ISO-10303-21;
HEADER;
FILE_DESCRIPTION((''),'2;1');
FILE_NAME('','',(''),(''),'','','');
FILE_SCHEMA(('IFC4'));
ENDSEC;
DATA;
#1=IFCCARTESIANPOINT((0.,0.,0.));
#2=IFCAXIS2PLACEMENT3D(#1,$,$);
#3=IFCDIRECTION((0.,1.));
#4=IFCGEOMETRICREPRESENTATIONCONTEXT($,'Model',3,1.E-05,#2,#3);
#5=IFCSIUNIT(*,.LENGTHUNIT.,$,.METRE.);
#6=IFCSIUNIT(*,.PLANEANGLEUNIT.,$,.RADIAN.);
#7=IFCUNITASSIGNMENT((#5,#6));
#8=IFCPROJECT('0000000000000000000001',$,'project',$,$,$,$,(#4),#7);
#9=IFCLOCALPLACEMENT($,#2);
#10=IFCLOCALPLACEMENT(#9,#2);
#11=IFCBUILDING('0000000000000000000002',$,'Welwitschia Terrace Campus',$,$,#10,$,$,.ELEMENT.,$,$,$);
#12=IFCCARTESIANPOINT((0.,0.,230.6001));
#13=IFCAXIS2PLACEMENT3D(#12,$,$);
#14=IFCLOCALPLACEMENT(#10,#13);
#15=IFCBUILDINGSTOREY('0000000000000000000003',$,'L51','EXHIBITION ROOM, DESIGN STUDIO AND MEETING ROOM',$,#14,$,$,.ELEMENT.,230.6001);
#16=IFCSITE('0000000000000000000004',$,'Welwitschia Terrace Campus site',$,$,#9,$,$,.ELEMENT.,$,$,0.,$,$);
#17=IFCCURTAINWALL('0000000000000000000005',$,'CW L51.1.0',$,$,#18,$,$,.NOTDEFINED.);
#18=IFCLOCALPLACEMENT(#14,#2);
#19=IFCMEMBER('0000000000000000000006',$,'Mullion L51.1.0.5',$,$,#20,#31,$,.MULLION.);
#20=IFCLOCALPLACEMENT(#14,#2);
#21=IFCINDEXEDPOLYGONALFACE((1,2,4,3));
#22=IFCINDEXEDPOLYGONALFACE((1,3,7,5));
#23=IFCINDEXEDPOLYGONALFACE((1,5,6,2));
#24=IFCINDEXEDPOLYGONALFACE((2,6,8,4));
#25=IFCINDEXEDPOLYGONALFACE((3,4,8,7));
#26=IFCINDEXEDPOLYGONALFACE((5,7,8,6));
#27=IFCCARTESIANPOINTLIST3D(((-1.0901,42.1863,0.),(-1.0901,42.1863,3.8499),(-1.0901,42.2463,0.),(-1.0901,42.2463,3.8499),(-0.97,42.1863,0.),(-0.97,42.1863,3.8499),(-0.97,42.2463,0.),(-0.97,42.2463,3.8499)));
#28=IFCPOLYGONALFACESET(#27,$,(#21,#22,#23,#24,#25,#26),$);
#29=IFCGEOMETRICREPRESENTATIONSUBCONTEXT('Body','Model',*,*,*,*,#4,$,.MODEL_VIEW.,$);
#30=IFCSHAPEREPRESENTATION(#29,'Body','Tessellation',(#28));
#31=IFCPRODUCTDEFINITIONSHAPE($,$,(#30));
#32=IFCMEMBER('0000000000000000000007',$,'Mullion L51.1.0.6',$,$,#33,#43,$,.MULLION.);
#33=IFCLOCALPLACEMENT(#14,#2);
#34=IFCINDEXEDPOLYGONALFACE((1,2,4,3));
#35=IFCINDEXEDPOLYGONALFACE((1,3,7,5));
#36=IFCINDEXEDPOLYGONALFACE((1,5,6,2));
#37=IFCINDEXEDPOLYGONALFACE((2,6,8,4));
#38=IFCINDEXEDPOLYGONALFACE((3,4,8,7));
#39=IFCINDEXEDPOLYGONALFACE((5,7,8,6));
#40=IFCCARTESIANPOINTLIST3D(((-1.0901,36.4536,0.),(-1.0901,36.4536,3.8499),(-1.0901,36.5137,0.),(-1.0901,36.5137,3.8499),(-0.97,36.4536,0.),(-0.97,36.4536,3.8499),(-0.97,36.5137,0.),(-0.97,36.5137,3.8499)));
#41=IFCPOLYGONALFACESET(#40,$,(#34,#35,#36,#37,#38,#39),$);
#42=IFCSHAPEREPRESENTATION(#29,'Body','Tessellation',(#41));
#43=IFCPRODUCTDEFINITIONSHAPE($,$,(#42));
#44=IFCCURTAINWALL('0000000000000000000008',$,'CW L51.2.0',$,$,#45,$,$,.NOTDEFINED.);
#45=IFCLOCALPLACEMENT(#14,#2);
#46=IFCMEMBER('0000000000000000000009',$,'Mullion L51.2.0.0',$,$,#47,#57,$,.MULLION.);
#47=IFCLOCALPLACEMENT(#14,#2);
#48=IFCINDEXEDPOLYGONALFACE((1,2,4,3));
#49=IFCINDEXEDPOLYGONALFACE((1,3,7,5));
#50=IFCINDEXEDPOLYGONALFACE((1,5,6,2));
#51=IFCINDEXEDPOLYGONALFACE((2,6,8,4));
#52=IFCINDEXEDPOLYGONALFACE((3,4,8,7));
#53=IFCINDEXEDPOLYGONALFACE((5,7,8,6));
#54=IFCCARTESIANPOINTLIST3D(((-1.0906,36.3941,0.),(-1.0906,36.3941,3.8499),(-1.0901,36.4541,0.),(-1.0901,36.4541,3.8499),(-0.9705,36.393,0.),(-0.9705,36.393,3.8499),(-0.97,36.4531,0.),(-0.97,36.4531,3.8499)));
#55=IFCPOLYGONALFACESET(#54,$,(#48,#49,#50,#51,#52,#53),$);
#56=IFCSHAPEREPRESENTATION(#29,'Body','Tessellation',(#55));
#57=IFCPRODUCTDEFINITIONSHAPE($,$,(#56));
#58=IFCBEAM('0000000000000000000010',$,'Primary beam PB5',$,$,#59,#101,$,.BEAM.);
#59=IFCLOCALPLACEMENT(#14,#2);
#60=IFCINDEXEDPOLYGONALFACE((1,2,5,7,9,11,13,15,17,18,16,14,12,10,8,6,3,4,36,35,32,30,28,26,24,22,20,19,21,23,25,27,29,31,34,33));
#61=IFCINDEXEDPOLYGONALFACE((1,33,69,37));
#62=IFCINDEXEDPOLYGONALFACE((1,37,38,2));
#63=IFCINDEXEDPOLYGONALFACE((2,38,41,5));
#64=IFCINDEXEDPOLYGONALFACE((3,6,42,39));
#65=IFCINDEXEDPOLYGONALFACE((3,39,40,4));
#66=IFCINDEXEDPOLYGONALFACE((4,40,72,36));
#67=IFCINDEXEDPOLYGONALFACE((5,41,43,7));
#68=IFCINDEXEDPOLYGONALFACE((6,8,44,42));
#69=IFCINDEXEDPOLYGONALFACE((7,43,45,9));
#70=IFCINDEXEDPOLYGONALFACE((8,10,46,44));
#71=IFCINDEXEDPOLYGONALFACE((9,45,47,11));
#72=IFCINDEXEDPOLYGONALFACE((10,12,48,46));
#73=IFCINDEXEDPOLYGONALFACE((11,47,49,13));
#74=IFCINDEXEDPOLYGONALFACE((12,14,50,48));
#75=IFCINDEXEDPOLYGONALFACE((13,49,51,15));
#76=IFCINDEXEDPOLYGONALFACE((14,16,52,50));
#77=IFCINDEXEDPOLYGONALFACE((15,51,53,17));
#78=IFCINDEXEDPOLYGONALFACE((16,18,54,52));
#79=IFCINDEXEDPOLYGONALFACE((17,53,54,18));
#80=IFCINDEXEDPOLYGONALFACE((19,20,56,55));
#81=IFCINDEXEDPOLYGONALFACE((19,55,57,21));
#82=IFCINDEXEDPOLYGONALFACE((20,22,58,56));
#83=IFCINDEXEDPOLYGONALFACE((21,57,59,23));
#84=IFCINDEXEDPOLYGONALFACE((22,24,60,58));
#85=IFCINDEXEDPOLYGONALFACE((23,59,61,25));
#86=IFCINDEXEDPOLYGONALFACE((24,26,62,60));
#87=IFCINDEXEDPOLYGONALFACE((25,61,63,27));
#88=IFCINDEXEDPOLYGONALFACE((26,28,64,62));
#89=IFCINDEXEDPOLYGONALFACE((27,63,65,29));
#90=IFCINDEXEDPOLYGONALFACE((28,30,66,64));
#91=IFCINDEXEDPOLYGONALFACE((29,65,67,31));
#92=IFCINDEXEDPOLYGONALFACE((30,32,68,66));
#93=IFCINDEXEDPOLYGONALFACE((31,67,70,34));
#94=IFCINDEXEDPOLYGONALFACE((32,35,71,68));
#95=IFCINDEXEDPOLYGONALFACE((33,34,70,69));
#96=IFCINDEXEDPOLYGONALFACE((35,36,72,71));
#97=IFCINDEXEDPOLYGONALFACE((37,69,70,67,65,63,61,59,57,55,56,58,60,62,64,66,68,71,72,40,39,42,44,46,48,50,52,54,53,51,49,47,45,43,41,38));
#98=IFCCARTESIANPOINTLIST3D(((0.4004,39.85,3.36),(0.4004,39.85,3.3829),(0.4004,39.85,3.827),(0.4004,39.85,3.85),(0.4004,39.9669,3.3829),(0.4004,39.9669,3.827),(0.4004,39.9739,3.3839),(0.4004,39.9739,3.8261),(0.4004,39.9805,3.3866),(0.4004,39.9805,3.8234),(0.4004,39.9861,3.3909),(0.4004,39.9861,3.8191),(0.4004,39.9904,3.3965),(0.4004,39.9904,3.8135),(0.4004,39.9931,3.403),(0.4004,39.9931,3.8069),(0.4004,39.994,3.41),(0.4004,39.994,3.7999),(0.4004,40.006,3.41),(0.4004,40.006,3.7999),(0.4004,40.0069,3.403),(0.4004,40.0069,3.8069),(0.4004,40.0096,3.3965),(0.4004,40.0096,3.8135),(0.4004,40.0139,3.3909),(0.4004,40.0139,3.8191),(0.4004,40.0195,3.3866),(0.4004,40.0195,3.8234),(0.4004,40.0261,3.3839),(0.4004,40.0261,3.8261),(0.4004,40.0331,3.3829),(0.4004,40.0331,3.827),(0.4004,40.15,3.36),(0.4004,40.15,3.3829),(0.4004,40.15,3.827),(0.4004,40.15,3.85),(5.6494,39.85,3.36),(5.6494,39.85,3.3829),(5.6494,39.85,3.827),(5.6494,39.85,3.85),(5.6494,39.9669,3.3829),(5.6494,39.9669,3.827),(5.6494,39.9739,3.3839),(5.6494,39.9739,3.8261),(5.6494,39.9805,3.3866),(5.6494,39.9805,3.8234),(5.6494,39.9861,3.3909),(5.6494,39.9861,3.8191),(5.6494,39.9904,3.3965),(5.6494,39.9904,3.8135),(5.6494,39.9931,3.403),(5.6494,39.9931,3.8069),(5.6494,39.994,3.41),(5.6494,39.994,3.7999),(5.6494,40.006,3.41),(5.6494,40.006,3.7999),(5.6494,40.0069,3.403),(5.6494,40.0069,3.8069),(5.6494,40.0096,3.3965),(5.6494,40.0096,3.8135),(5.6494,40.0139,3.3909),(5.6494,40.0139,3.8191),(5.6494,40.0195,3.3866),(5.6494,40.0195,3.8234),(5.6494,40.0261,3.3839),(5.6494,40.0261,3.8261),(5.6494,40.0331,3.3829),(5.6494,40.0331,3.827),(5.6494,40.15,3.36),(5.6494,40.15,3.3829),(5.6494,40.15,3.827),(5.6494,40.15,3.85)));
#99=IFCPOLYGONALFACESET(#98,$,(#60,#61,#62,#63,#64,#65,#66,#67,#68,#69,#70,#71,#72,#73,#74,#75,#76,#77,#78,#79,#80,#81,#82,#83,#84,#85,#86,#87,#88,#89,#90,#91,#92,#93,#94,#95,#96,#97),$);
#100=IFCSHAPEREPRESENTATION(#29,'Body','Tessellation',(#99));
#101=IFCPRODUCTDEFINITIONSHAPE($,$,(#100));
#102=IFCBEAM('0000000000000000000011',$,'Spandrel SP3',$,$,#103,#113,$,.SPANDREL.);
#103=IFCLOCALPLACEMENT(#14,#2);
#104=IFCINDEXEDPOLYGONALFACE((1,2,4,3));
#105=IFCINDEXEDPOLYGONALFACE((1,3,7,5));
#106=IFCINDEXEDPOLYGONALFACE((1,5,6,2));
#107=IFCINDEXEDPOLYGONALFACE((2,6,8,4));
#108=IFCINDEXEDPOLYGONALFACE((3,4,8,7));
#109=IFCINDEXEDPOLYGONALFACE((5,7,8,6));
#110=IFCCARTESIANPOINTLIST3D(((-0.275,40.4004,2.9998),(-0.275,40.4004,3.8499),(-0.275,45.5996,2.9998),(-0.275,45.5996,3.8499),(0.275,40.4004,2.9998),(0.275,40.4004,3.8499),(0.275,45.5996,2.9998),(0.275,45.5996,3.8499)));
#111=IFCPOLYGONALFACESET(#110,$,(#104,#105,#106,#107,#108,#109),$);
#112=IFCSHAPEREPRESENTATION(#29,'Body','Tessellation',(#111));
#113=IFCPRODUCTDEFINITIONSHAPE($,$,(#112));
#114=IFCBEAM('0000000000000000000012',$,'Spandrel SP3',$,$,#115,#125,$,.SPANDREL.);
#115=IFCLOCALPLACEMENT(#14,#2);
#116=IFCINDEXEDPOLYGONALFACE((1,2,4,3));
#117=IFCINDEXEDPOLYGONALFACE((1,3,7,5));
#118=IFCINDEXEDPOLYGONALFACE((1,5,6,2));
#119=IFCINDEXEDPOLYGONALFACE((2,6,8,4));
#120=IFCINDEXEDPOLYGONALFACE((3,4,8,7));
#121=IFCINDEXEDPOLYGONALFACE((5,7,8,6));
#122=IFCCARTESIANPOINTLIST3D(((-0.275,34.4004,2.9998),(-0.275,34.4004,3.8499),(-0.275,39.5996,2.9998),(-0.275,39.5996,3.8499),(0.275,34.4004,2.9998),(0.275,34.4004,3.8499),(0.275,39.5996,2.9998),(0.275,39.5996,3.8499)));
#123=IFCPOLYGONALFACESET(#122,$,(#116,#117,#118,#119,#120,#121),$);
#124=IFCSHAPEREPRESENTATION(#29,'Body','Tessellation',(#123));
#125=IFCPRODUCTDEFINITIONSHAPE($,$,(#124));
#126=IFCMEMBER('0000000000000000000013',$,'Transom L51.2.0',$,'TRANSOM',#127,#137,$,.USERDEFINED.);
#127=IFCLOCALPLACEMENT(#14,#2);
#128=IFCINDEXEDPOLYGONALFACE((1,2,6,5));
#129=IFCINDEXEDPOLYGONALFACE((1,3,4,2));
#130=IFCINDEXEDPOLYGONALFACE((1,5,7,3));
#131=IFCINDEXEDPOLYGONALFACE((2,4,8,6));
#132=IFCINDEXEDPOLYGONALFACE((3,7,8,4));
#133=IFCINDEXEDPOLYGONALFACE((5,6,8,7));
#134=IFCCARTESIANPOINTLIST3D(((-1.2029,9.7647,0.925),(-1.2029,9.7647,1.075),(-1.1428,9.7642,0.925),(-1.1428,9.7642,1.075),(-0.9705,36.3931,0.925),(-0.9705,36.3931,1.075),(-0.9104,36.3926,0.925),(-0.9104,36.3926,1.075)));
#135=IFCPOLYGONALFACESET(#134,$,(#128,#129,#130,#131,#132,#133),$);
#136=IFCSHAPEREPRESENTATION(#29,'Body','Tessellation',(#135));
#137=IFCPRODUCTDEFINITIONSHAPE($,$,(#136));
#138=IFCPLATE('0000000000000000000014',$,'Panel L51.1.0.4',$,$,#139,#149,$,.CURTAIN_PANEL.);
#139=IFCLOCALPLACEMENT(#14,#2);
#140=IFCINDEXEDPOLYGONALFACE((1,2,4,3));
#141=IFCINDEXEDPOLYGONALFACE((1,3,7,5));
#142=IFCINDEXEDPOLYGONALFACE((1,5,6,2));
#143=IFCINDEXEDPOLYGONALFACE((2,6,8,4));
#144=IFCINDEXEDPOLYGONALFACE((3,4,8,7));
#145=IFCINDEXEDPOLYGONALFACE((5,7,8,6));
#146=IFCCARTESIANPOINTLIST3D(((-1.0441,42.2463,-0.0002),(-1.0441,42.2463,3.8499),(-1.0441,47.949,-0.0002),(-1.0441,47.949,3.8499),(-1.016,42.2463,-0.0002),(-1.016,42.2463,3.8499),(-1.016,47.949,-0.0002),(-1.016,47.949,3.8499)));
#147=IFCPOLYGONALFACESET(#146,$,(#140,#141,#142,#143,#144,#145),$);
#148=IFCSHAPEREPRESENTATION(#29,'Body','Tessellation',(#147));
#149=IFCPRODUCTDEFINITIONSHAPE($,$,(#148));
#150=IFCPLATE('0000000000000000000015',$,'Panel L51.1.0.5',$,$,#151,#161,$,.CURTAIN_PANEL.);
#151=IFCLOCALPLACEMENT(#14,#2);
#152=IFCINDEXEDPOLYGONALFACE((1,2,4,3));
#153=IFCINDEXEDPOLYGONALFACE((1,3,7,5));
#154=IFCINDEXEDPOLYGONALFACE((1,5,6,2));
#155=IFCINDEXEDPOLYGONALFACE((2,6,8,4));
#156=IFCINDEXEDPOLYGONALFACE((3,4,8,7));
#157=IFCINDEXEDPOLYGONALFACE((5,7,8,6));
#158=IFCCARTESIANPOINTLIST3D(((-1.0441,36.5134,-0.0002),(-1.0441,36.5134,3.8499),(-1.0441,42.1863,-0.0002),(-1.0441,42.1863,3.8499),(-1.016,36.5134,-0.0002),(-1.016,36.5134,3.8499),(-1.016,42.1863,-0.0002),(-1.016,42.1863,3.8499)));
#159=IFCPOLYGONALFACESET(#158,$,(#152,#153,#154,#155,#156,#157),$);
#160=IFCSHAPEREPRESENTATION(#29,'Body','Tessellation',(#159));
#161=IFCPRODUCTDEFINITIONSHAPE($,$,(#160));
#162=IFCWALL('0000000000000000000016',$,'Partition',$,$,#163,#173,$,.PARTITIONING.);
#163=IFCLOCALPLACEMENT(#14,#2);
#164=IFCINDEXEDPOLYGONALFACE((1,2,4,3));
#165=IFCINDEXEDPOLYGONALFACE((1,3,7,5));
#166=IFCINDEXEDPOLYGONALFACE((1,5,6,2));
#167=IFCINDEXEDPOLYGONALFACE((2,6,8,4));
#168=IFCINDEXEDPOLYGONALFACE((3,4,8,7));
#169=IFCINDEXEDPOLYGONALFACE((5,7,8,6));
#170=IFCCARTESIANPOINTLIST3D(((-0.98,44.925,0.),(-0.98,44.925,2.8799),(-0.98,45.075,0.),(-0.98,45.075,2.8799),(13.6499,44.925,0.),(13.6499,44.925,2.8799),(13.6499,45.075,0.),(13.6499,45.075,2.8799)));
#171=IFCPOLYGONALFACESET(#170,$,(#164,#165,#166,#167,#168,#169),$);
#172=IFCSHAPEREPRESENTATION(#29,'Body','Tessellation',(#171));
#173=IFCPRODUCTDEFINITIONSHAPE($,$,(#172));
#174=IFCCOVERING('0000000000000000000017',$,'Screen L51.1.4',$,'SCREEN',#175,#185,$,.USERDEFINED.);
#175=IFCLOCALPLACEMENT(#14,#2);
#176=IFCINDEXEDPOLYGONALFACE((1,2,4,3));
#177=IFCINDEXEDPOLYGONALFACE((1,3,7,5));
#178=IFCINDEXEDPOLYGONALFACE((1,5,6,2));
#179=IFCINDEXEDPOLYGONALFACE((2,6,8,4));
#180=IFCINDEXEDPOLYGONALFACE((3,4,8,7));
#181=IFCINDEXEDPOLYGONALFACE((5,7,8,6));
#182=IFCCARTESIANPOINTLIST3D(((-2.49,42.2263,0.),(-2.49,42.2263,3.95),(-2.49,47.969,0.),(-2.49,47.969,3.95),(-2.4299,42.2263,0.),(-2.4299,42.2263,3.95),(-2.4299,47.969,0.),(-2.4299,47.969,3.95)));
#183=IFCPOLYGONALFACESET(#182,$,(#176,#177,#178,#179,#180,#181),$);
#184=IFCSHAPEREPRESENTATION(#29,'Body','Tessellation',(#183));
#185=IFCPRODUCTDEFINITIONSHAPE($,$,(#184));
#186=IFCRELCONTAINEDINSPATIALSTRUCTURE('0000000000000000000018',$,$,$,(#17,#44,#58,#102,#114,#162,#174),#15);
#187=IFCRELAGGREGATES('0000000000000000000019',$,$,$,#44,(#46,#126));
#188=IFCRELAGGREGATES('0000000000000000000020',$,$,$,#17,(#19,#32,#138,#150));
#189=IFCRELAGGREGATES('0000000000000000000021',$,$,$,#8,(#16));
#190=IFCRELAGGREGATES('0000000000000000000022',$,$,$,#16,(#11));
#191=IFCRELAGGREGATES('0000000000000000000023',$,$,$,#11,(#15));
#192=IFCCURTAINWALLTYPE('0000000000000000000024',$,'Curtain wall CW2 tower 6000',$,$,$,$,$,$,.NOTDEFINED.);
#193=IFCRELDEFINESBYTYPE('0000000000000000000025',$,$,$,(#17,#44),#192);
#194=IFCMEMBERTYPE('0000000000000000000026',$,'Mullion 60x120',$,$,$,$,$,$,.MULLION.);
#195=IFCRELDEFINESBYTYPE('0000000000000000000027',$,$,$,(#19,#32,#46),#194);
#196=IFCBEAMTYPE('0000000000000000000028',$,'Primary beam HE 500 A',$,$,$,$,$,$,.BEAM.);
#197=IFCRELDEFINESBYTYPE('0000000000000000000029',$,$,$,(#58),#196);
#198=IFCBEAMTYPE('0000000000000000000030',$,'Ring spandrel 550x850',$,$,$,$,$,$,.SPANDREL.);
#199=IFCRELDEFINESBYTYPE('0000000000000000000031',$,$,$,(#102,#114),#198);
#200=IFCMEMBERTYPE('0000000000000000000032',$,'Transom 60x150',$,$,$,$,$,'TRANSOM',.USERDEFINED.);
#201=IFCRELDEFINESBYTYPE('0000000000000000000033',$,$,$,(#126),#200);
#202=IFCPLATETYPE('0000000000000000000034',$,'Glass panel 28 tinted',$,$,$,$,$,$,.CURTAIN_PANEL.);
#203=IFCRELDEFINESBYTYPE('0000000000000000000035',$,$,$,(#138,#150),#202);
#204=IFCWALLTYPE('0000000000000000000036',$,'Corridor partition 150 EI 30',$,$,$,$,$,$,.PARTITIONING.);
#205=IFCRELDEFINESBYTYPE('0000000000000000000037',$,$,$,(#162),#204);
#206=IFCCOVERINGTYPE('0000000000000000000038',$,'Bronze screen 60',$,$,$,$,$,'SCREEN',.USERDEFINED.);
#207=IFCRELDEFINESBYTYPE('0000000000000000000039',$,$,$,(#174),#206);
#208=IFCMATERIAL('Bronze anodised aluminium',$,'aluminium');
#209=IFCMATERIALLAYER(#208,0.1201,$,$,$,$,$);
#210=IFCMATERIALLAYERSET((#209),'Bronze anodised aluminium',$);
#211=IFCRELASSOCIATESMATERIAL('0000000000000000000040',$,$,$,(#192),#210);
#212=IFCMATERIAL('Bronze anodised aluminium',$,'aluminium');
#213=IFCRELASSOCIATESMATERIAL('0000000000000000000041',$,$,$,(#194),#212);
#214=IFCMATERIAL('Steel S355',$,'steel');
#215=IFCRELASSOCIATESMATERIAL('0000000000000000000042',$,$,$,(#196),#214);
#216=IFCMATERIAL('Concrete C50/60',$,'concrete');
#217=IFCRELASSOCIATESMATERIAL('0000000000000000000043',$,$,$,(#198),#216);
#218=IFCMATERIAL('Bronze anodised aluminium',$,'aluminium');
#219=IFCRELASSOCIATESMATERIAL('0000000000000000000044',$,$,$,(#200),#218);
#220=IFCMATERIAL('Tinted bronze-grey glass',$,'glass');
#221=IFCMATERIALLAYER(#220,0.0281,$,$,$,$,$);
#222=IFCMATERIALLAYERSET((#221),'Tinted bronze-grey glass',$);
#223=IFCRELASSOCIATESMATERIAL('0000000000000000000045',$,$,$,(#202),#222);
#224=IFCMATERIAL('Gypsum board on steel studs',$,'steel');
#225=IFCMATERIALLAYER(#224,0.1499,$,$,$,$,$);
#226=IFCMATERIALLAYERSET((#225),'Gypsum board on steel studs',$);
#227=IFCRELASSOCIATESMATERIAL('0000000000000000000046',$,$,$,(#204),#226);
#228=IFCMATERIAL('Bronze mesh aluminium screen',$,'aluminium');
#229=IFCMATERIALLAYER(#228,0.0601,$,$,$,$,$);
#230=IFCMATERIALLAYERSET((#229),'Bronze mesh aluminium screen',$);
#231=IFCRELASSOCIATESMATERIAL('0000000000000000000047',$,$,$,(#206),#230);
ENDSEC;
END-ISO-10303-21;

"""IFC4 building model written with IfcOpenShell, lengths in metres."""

from ifc_helpers import new_model, si_unit, direction, frame, frame_2d, origin, origin_2d, place, context, subcontext, project, spatial, rectangle, i_section, extrude, material, layer, layer_set, material_profile, profile_set, type_object, element, aggregate, save


model = new_model("IFC4")

# Units and contexts
model_context = context("Model", 3, precision=1e-05, world=origin(), true_north=direction((0.0, 1.0)))
body_context = subcontext(model_context, "Body", "Model", "MODEL_VIEW")
ifc_project = project(units=[si_unit("LENGTHUNIT", "METRE"), si_unit("PLANEANGLEUNIT", "RADIAN")], contexts=[model_context])

# Site, building, storey
site_placement = place(None, origin())
site = spatial("IfcSite", under=ifc_project, at=site_placement, Name="Welwitschia Terrace Campus site", CompositionType="ELEMENT", RefElevation=0.0)
building_placement = place(site_placement, origin())
building = spatial("IfcBuilding", under=site, at=building_placement, Name="Welwitschia Terrace Campus", CompositionType="ELEMENT")
storey_placement = place(building_placement, frame((0.0, 0.0, 230.6001)))
storey = spatial("IfcBuildingStorey", under=building, at=storey_placement, Name="L51", Description="EXHIBITION ROOM, DESIGN STUDIO AND MEETING ROOM", CompositionType="ELEMENT", Elevation=230.6001)

# Curtain wall, members
ifc_material_1 = material(Name="Bronze anodised aluminium", Category="aluminium")
ifc_layer_1 = layer(ifc_material_1, 0.1201)
ifc_layer_set_1 = layer_set([ifc_layer_1], Name="Bronze anodised aluminium")
curtain_wall_type = type_object("IfcCurtainWallType", Name="Curtain wall CW2 tower 6000", PredefinedType="NOTDEFINED", material=ifc_layer_set_1)
curtain_wall_1_placement = place(storey_placement, origin())
curtain_wall_1 = element("IfcCurtainWall", 1, at=curtain_wall_1_placement, inside=storey, type_object=curtain_wall_type, Name="CW L51.1.0", PredefinedType="NOTDEFINED")
ifc_material_2 = material(Name="Bronze anodised aluminium", Category="aluminium")
ifc_material_profile_1 = material_profile(ifc_material_2, rectangle(XDim=0.1201, YDim=0.0601, at=origin_2d()))
ifc_profile_set_1 = profile_set([ifc_material_profile_1], Name="Bronze anodised aluminium")
member_type_1 = type_object("IfcMemberType", Name="Mullion 60x120", PredefinedType="MULLION", material=ifc_profile_set_1)
member_1_placement = place(storey_placement, frame((-1.03, 42.2163, 0.0), z_axis=(0.0, 0.0, 1.0), x_axis=(1.0, 0.0, 0.0)))
member_1 = element("IfcMember", 2, at=member_1_placement, type_object=member_type_1, Name="Mullion L51.1.0.5", PredefinedType="MULLION", context=body_context, shape_type="SweptSolid", body=[
    extrude(rectangle(XDim=0.1201, YDim=0.0601, at=origin_2d()), origin(), (0.0, 0.0, 1.0), 3.8499),
])
member_2_placement = place(storey_placement, frame((-1.03, 36.4836, 0.0), z_axis=(0.0, 0.0, 1.0), x_axis=(1.0, 0.0, 0.0)))
member_2 = element("IfcMember", 3, at=member_2_placement, type_object=member_type_1, Name="Mullion L51.1.0.6", PredefinedType="MULLION", context=body_context, shape_type="SweptSolid", body=[
    extrude(rectangle(XDim=0.1201, YDim=0.0601, at=origin_2d()), origin(), (0.0, 0.0, 1.0), 3.8499),
])

# Curtain wall, member
curtain_wall_2_placement = place(storey_placement, origin())
curtain_wall_2 = element("IfcCurtainWall", 4, at=curtain_wall_2_placement, inside=storey, type_object=curtain_wall_type, Name="CW L51.2.0", PredefinedType="NOTDEFINED")
member_3_placement = place(storey_placement, frame((-1.0303, 36.4236, 0.0), z_axis=(0.0, 0.0, 1.0), x_axis=(0.999962, -0.008727, 0.0)))
member_3 = element("IfcMember", 5, at=member_3_placement, type_object=member_type_1, Name="Mullion L51.2.0.0", PredefinedType="MULLION", context=body_context, shape_type="SweptSolid", body=[
    extrude(rectangle(XDim=0.1201, YDim=0.0601, at=origin_2d()), origin(), (0.0, 0.0, 1.0), 3.8499),
])

# Beams
ifc_material_3 = material(Name="Steel S355", Category="steel")
ifc_material_profile_2 = material_profile(ifc_material_3, i_section(OverallWidth=0.3, OverallDepth=0.49, WebThickness=0.012, FlangeThickness=0.0229, FilletRadius=0.0271, at=origin_2d()))
ifc_profile_set_2 = profile_set([ifc_material_profile_2], Name="Steel S355")
beam_type_1 = type_object("IfcBeamType", Name="Primary beam HE 500 A", PredefinedType="BEAM", material=ifc_profile_set_2)
beam_1_placement = place(storey_placement, frame((0.4004, 40.0, 3.605), z_axis=(1.0, 0.0, 0.0), x_axis=(0.0, 1.0, 0.0)))
element("IfcBeam", 6, at=beam_1_placement, inside=storey, type_object=beam_type_1, Name="Primary beam PB5", PredefinedType="BEAM", context=body_context, shape_type="SweptSolid", body=[
    extrude(i_section(OverallWidth=0.3, OverallDepth=0.49, WebThickness=0.012, FlangeThickness=0.0229, FilletRadius=0.0271, at=origin_2d()), origin(), (0.0, 0.0, 1.0), 5.249),
])
ifc_material_4 = material(Name="Concrete C50/60", Category="concrete")
ifc_material_profile_3 = material_profile(ifc_material_4, rectangle(XDim=0.55, YDim=0.8501, at=origin_2d()))
ifc_profile_set_3 = profile_set([ifc_material_profile_3], Name="Concrete C50/60")
beam_type_2 = type_object("IfcBeamType", Name="Ring spandrel 550x850", PredefinedType="SPANDREL", material=ifc_profile_set_3)
for number, where, z_axis, x_axis, name in (
    (7, (0.0, 45.5996, 3.4248), (0.0, -1.0, 0.0), (1.0, 0.0, 0.0), "Spandrel SP3"),
    (8, (0.0, 39.5996, 3.4248), (0.0, -1.0, 0.0), (1.0, 0.0, 0.0), "Spandrel SP3"),
):
    element("IfcBeam", number, at=place(storey_placement, frame(where, z_axis=z_axis, x_axis=x_axis)), inside=storey, type_object=beam_type_2, Name=name, PredefinedType="SPANDREL", context=body_context, shape_type="SweptSolid", body=[
        extrude(rectangle(XDim=0.55, YDim=0.8501, at=origin_2d()), origin(), (0.0, 0.0, 1.0), 5.1992),
    ])

# Member
ifc_material_5 = material(Name="Bronze anodised aluminium", Category="aluminium")
ifc_material_profile_4 = material_profile(ifc_material_5, rectangle(XDim=0.0601, YDim=0.1499, at=origin_2d()))
ifc_profile_set_4 = profile_set([ifc_material_profile_4], Name="Bronze anodised aluminium")
member_type_2 = type_object("IfcMemberType", Name="Transom 60x150", ElementType="TRANSOM", PredefinedType="USERDEFINED", material=ifc_profile_set_4)
member_4_placement = place(storey_placement, frame((-0.9404, 36.3928, 1.0), z_axis=(-0.008728, -0.999962, 0.0), x_axis=(0.999962, -0.008728, 0.0)))
member_4 = element("IfcMember", 9, at=member_4_placement, type_object=member_type_2, Name="Transom L51.2.0", ObjectType="TRANSOM", PredefinedType="USERDEFINED", context=body_context, shape_type="SweptSolid", body=[
    extrude(rectangle(XDim=0.0601, YDim=0.1499, at=origin_2d()), origin(), (0.0, 0.0, 1.0), 26.6294),
])
aggregate(curtain_wall_2, [member_3, member_4])

# Plates
ifc_material_6 = material(Name="Tinted bronze-grey glass", Category="glass")
ifc_layer_2 = layer(ifc_material_6, 0.0281)
ifc_layer_set_2 = layer_set([ifc_layer_2], Name="Tinted bronze-grey glass")
plate_type = type_object("IfcPlateType", Name="Glass panel 28 tinted", PredefinedType="CURTAIN_PANEL", material=ifc_layer_set_2)
plate_1_placement = place(storey_placement, frame((-1.03, 45.0977, -0.0002), z_axis=(0.0, 0.0, 1.0), x_axis=(0.0, -1.0, 0.0)))
plate_1 = element("IfcPlate", 10, at=plate_1_placement, type_object=plate_type, Name="Panel L51.1.0.4", PredefinedType="CURTAIN_PANEL", context=body_context, shape_type="SweptSolid", body=[
    extrude(rectangle(XDim=5.7026, YDim=0.0281, at=origin_2d()), origin(), (0.0, 0.0, 1.0), 3.8501),
])
plate_2_placement = place(storey_placement, frame((-1.03, 39.3499, -0.0002), z_axis=(0.0, 0.0, 1.0), x_axis=(0.0, -1.0, 0.0)))
plate_2 = element("IfcPlate", 11, at=plate_2_placement, type_object=plate_type, Name="Panel L51.1.0.5", PredefinedType="CURTAIN_PANEL", context=body_context, shape_type="SweptSolid", body=[
    extrude(rectangle(XDim=5.6729, YDim=0.0281, at=origin_2d()), origin(), (0.0, 0.0, 1.0), 3.8501),
])
aggregate(curtain_wall_1, [member_1, member_2, plate_1, plate_2])

# Wall
ifc_material_7 = material(Name="Gypsum board on steel studs", Category="steel")
ifc_layer_3 = layer(ifc_material_7, 0.1499)
ifc_layer_set_3 = layer_set([ifc_layer_3], Name="Gypsum board on steel studs")
wall_type = type_object("IfcWallType", Name="Corridor partition 150 EI 30", PredefinedType="PARTITIONING", material=ifc_layer_set_3)
wall_placement = place(storey_placement, frame((-0.98, 45.0, 0.0), z_axis=(0.0, 0.0, 1.0), x_axis=(1.0, 0.0, 0.0)))
element("IfcWall", 12, at=wall_placement, inside=storey, type_object=wall_type, Name="Partition", PredefinedType="PARTITIONING", context=body_context, shape_type="SweptSolid", body=[
    extrude(rectangle(XDim=14.6299, YDim=0.1499, at=frame_2d((7.3149, 0.0))), origin(), (0.0, 0.0, 1.0), 2.8799),
])

# Covering
ifc_material_8 = material(Name="Bronze mesh aluminium screen", Category="aluminium")
ifc_layer_4 = layer(ifc_material_8, 0.0601)
ifc_layer_set_4 = layer_set([ifc_layer_4], Name="Bronze mesh aluminium screen")
covering_type = type_object("IfcCoveringType", Name="Bronze screen 60", ElementType="SCREEN", PredefinedType="USERDEFINED", material=ifc_layer_set_4)
for number, where, z_axis, x_axis, name in (
    (13, (-2.46, 45.0977, 0.0), (0.0, 0.0, 1.0), (0.0, -1.0, 0.0), "Screen L51.1.4"),
):
    element("IfcCovering", number, at=place(storey_placement, frame(where, z_axis=z_axis, x_axis=x_axis)), inside=storey, type_object=covering_type, Name=name, ObjectType="SCREEN", PredefinedType="USERDEFINED", context=body_context, shape_type="SweptSolid", body=[
        extrude(rectangle(XDim=5.7427, YDim=0.0601, at=origin_2d()), origin(), (0.0, 0.0, 1.0), 3.95),
    ])

save(model, "model.ifc")
